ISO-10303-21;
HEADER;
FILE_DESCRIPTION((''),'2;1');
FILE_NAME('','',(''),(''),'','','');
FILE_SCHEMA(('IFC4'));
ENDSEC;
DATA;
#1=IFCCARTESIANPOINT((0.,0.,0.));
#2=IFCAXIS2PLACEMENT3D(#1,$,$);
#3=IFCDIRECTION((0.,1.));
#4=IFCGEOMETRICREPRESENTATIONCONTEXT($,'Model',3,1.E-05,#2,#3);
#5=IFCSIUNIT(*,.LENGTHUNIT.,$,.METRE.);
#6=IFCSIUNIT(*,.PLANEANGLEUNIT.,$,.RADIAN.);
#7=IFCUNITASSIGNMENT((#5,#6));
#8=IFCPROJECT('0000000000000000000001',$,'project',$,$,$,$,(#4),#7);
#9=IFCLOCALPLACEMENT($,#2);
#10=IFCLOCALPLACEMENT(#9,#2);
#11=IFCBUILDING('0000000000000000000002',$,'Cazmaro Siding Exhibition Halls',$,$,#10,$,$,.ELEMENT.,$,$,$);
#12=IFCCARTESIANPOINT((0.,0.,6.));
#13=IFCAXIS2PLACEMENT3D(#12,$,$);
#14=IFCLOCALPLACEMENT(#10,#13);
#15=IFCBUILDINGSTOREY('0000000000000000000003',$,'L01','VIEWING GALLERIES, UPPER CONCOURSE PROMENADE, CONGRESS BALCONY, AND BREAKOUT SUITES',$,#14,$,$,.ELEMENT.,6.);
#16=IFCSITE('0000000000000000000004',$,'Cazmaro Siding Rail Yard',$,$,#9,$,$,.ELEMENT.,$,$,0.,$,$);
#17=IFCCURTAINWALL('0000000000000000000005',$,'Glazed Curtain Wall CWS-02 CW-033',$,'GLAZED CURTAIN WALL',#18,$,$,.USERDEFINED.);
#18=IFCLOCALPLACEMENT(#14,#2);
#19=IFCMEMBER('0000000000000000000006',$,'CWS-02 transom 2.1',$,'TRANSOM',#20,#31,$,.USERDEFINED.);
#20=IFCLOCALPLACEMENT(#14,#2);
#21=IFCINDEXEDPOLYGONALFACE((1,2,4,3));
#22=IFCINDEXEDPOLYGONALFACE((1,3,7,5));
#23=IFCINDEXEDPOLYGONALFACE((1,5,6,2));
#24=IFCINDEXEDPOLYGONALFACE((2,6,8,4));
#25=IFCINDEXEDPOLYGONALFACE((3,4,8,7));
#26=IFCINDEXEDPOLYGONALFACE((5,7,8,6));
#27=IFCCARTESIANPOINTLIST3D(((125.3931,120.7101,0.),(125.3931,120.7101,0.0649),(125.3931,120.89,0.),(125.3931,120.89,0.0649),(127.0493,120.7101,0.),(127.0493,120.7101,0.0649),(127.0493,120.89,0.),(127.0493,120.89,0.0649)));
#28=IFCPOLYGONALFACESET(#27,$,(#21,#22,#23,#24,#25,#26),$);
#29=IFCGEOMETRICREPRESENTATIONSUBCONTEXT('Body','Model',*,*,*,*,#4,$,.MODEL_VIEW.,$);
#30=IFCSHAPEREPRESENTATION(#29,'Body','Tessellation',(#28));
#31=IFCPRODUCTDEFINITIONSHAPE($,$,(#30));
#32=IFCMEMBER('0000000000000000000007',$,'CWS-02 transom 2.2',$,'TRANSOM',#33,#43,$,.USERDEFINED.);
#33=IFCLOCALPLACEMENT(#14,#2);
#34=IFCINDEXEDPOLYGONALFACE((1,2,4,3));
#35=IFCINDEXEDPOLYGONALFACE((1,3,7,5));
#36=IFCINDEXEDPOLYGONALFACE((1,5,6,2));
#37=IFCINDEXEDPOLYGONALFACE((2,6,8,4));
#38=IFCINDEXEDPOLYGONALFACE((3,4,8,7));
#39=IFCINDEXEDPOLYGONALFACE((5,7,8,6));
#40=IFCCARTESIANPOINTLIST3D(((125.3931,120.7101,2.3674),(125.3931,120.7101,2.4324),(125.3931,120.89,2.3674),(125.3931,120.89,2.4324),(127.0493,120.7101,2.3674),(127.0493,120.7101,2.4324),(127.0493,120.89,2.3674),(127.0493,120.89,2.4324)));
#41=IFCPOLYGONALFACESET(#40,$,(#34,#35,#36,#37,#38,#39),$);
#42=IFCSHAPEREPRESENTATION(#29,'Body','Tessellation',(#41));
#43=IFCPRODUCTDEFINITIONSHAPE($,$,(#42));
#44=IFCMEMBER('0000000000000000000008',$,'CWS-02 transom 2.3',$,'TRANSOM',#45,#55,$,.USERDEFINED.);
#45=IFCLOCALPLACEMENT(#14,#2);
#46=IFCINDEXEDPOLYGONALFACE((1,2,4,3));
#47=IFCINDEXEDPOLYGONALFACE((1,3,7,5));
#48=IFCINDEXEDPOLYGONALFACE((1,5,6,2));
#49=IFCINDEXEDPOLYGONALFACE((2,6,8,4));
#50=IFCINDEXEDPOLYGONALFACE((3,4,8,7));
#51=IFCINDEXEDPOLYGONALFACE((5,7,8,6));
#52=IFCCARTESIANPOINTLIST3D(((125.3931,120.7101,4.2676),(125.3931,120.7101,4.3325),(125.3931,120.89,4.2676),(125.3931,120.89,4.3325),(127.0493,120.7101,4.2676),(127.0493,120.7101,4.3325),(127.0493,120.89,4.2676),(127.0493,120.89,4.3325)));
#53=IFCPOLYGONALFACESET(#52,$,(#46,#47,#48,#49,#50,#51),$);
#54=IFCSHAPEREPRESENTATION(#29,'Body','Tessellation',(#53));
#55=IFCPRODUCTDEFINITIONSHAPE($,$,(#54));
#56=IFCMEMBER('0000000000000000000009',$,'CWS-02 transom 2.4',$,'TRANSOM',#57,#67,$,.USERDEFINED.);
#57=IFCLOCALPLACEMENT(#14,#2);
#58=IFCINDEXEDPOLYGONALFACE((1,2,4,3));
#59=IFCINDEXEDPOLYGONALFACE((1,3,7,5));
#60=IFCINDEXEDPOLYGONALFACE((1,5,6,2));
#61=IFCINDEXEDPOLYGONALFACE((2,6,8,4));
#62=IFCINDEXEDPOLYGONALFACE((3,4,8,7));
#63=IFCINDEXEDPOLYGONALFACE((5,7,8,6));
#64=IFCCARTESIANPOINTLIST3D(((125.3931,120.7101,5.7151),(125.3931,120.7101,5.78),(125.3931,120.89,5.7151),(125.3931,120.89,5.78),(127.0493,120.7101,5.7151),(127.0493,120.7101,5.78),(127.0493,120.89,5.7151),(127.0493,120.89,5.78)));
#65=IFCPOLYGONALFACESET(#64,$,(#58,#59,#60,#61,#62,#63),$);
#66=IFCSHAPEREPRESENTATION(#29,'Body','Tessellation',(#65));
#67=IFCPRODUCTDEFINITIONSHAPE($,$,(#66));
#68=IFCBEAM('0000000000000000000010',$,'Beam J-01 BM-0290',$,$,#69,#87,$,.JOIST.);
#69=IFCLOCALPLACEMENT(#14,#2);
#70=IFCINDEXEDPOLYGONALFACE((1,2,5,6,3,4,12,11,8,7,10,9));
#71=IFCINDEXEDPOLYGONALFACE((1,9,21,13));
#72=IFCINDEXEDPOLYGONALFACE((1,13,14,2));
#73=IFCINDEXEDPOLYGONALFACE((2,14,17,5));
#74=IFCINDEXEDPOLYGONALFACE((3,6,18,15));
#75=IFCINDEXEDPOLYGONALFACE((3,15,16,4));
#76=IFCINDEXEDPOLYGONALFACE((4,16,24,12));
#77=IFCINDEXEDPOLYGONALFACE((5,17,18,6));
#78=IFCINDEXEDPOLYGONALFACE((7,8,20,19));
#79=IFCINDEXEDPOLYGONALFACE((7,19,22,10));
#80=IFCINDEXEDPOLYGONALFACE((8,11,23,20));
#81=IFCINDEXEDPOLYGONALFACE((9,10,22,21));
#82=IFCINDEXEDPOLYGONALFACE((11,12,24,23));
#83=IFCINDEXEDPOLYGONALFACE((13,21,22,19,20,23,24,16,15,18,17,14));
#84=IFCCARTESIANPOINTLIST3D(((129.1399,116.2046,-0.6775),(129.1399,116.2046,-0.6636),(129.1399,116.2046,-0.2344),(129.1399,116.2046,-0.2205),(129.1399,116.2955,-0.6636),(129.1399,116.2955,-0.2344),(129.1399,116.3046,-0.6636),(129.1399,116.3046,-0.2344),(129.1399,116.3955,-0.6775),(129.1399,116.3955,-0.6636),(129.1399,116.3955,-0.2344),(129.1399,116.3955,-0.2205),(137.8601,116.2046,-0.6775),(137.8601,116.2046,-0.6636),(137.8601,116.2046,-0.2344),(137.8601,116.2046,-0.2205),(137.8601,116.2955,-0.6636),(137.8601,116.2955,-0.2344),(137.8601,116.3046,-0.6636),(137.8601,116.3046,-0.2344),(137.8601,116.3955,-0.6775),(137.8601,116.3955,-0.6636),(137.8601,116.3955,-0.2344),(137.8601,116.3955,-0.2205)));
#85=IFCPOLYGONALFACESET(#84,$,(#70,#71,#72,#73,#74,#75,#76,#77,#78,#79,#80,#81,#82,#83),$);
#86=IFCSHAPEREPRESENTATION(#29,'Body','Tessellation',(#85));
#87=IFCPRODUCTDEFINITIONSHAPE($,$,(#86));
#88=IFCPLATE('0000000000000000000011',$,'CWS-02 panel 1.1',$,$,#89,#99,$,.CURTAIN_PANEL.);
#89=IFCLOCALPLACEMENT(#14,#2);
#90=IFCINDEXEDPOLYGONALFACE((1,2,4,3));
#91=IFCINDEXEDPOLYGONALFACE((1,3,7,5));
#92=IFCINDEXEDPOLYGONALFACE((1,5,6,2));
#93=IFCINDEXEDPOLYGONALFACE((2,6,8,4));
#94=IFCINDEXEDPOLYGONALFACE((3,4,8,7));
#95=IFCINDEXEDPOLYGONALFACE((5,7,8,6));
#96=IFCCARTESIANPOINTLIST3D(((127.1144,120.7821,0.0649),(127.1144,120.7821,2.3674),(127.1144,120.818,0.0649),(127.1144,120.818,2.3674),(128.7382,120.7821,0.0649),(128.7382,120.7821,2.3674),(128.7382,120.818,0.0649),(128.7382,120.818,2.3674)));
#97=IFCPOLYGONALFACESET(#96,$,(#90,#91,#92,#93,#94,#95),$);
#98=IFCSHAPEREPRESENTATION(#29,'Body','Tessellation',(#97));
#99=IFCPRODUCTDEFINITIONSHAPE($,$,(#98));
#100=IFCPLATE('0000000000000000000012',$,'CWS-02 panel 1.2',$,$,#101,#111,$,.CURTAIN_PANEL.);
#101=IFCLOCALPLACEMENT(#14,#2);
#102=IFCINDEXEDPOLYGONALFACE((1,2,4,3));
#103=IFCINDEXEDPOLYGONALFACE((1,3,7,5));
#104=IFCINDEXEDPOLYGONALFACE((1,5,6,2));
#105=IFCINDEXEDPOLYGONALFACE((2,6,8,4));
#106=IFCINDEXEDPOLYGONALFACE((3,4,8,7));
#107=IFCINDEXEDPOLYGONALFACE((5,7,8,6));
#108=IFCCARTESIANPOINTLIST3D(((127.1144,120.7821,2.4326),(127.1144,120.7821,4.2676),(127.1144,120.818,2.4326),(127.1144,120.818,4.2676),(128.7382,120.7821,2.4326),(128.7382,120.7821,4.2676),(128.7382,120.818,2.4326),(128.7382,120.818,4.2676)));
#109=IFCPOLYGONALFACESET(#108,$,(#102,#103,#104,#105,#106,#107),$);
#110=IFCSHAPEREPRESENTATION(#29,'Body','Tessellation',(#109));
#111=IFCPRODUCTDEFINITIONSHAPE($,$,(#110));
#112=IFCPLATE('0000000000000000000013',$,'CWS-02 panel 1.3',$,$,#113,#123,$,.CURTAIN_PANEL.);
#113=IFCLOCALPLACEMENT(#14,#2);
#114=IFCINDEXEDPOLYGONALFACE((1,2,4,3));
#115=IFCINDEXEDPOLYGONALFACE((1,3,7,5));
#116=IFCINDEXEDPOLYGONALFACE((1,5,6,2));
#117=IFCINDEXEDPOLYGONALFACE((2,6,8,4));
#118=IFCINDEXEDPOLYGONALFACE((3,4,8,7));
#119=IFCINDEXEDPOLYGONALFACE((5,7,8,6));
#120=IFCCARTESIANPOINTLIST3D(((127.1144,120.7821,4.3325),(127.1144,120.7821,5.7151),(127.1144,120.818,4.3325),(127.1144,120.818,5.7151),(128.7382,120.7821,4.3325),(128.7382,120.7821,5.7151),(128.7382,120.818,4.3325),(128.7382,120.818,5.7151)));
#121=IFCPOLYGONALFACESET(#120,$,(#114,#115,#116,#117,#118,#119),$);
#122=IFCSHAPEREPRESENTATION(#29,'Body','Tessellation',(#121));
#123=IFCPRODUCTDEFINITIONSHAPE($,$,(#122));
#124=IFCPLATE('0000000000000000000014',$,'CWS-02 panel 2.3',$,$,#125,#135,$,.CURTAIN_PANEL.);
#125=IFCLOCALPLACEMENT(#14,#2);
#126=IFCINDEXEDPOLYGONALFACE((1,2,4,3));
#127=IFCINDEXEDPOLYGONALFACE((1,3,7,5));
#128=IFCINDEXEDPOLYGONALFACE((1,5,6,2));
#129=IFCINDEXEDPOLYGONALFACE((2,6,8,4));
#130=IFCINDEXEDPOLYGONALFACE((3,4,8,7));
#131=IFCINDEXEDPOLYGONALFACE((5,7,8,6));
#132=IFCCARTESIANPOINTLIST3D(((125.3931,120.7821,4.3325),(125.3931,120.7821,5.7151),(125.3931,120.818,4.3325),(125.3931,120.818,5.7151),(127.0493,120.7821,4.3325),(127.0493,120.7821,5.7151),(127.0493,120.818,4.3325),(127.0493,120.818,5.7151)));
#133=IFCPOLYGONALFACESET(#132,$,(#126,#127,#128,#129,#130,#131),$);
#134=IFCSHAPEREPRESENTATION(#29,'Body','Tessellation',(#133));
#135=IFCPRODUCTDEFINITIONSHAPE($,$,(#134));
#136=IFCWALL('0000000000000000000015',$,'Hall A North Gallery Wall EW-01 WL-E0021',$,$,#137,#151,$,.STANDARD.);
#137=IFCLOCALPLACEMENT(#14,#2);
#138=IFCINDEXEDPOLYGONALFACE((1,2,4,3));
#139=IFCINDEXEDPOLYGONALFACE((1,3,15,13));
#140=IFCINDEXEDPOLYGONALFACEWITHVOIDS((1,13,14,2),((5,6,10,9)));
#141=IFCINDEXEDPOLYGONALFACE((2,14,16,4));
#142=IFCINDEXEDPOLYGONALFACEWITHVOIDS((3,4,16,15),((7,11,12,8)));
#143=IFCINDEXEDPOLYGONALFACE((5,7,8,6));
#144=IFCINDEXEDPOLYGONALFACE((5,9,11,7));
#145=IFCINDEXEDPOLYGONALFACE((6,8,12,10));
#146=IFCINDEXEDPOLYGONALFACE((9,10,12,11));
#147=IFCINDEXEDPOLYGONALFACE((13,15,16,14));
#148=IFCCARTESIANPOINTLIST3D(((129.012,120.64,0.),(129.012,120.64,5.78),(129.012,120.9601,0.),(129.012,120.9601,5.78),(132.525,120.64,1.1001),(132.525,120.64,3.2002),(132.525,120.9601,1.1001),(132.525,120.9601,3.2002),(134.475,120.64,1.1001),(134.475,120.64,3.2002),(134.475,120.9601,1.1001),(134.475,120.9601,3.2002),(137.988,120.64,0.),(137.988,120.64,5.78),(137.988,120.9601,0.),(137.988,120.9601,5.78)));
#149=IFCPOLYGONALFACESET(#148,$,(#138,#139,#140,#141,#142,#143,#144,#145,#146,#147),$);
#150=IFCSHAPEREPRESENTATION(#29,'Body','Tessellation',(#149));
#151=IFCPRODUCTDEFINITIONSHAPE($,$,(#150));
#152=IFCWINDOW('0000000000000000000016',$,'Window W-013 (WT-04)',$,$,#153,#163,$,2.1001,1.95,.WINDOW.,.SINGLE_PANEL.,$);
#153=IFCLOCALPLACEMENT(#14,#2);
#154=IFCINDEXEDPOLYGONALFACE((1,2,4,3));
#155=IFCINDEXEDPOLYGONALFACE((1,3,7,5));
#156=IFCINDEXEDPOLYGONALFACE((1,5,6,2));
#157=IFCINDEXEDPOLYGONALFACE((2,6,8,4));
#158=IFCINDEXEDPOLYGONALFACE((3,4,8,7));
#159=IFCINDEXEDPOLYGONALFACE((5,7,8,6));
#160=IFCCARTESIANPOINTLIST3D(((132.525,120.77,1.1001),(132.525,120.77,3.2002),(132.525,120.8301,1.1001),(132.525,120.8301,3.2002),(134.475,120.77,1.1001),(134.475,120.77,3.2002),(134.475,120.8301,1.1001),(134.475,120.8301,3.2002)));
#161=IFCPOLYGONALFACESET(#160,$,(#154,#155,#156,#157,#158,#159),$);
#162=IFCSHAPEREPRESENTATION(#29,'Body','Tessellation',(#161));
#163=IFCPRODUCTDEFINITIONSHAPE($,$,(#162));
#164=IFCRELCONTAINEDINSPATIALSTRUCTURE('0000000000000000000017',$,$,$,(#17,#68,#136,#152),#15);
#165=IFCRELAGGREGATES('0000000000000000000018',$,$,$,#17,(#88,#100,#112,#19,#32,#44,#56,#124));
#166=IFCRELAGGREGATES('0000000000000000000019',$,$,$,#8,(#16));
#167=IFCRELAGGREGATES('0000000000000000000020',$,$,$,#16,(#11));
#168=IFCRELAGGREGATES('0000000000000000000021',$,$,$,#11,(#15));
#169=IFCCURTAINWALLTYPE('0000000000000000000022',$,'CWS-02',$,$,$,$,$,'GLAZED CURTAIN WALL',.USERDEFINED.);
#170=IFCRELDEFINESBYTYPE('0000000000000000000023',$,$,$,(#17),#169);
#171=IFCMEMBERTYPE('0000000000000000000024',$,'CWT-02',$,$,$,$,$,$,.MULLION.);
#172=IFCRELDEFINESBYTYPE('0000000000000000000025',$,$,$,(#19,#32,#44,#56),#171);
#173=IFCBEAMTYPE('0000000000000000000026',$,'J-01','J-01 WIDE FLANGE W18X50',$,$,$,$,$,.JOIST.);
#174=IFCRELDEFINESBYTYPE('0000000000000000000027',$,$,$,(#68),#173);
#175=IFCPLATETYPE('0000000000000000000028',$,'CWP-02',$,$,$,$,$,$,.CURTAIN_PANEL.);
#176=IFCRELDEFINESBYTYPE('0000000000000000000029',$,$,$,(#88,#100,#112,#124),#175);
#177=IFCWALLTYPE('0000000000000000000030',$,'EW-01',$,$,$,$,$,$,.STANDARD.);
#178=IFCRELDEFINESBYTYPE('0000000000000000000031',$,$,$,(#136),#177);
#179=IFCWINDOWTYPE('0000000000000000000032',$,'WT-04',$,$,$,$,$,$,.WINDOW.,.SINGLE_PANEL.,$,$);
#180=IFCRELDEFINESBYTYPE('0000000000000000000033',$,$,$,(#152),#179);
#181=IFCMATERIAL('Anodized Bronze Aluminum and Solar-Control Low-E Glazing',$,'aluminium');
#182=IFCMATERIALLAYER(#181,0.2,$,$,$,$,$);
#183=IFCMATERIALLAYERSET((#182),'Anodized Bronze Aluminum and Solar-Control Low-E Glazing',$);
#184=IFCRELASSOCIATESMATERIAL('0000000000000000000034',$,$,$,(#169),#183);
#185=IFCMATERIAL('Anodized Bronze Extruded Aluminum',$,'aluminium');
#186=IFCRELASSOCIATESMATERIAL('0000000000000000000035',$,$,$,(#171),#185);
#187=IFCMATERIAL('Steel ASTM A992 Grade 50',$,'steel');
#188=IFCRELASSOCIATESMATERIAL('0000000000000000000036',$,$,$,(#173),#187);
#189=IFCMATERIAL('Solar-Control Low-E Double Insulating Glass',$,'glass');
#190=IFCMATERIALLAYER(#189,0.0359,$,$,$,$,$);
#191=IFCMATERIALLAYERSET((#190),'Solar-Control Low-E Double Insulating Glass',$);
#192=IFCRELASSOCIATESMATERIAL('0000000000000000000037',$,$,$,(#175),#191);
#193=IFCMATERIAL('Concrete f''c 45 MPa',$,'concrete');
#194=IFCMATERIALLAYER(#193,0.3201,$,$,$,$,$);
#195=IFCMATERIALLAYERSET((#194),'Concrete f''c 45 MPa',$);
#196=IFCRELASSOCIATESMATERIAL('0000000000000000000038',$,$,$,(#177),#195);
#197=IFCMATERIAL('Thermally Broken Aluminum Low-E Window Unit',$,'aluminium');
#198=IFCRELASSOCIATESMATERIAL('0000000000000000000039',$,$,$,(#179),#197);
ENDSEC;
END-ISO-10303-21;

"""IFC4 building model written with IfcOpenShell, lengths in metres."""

from ifc_helpers import new_model, si_unit, direction, frame, frame_2d, origin, origin_2d, place, context, subcontext, project, spatial, rectangle, i_section, extrude, material, layer, layer_set, material_profile, profile_set, type_object, element, fill, aggregate, save


model = new_model("IFC4")

# Units and contexts
model_context = context("Model", 3, precision=1e-05, world=origin(), true_north=direction((0.0, 1.0)))
body_context = subcontext(model_context, "Body", "Model", "MODEL_VIEW")
ifc_project = project(units=[si_unit("LENGTHUNIT", "METRE"), si_unit("PLANEANGLEUNIT", "RADIAN")], contexts=[model_context])

# Site, building, storey
site_placement = place(None, origin())
site = spatial("IfcSite", under=ifc_project, at=site_placement, Name="Cazmaro Siding Rail Yard", CompositionType="ELEMENT", RefElevation=0.0)
building_placement = place(site_placement, origin())
building = spatial("IfcBuilding", under=site, at=building_placement, Name="Cazmaro Siding Exhibition Halls", CompositionType="ELEMENT")
storey_placement = place(building_placement, frame((0.0, 0.0, 6.0)))
storey = spatial("IfcBuildingStorey", under=building, at=storey_placement, Name="L01", Description="VIEWING GALLERIES, UPPER CONCOURSE PROMENADE, CONGRESS BALCONY, AND BREAKOUT SUITES", CompositionType="ELEMENT", Elevation=6.0)

# Curtain wall, members
ifc_material_1 = material(Name="Anodized Bronze Aluminum and Solar-Control Low-E Glazing", Category="aluminium")
ifc_layer_1 = layer(ifc_material_1, 0.2)
ifc_layer_set_1 = layer_set([ifc_layer_1], Name="Anodized Bronze Aluminum and Solar-Control Low-E Glazing")
curtain_wall_type = type_object("IfcCurtainWallType", Name="CWS-02", ElementType="GLAZED CURTAIN WALL", PredefinedType="USERDEFINED", material=ifc_layer_set_1)
curtain_wall_placement = place(storey_placement, origin())
curtain_wall = element("IfcCurtainWall", 1, at=curtain_wall_placement, inside=storey, type_object=curtain_wall_type, Name="Glazed Curtain Wall CWS-02 CW-033", ObjectType="GLAZED CURTAIN WALL", PredefinedType="USERDEFINED")
ifc_material_2 = material(Name="Anodized Bronze Extruded Aluminum", Category="aluminium")
ifc_material_profile_1 = material_profile(ifc_material_2, rectangle(XDim=0.1799, YDim=0.0649, at=origin_2d()), Name="CWT-02")
ifc_profile_set_1 = profile_set([ifc_material_profile_1], Name="Anodized Bronze Extruded Aluminum")
member_type_1 = type_object("IfcMemberType", Name="CWT-02", PredefinedType="MULLION", material=ifc_profile_set_1)
member_1_placement = place(storey_placement, frame((127.0493, 120.8, 0.0325), z_axis=(-1.0, 0.0, 0.0), x_axis=(0.0, -1.0, 0.0)))
member_1 = element("IfcMember", 2, at=member_1_placement, type_object=member_type_1, Name="CWS-02 transom 2.1", ObjectType="TRANSOM", PredefinedType="USERDEFINED", context=body_context, shape_type="SweptSolid", body=[
    extrude(rectangle(XDim=0.1799, YDim=0.0649, at=origin_2d()), origin(), (0.0, 0.0, 1.0), 1.6562),
])
member_2_placement = place(storey_placement, frame((127.0493, 120.8, 2.3999), z_axis=(-1.0, 0.0, 0.0), x_axis=(0.0, -1.0, 0.0)))
member_2 = element("IfcMember", 3, at=member_2_placement, type_object=member_type_1, Name="CWS-02 transom 2.2", ObjectType="TRANSOM", PredefinedType="USERDEFINED", context=body_context, shape_type="SweptSolid", body=[
    extrude(rectangle(XDim=0.1799, YDim=0.0649, at=origin_2d()), origin(), (0.0, 0.0, 1.0), 1.6562),
])
member_3_placement = place(storey_placement, frame((127.0493, 120.8, 4.3), z_axis=(-1.0, 0.0, 0.0), x_axis=(0.0, -1.0, 0.0)))
member_3 = element("IfcMember", 4, at=member_3_placement, type_object=member_type_1, Name="CWS-02 transom 2.3", ObjectType="TRANSOM", PredefinedType="USERDEFINED", context=body_context, shape_type="SweptSolid", body=[
    extrude(rectangle(XDim=0.1799, YDim=0.0649, at=origin_2d()), origin(), (0.0, 0.0, 1.0), 1.6562),
])
member_4_placement = place(storey_placement, frame((127.0493, 120.8, 5.7476), z_axis=(-1.0, 0.0, 0.0), x_axis=(0.0, -1.0, 0.0)))
member_4 = element("IfcMember", 5, at=member_4_placement, type_object=member_type_1, Name="CWS-02 transom 2.4", ObjectType="TRANSOM", PredefinedType="USERDEFINED", context=body_context, shape_type="SweptSolid", body=[
    extrude(rectangle(XDim=0.1799, YDim=0.0649, at=origin_2d()), origin(), (0.0, 0.0, 1.0), 1.6562),
])

# Beam
ifc_material_3 = material(Name="Steel ASTM A992 Grade 50", Category="steel")
ifc_material_profile_2 = material_profile(ifc_material_3, i_section(OverallWidth=0.1909, OverallDepth=0.457, WebThickness=0.009, FlangeThickness=0.0139, at=origin_2d()), Name="W18X50")
ifc_profile_set_2 = profile_set([ifc_material_profile_2], Name="Steel ASTM A992 Grade 50")
beam_type_1 = type_object("IfcBeamType", Name="J-01", Description="J-01 WIDE FLANGE W18X50", PredefinedType="JOIST", material=ifc_profile_set_2)
beam_1_placement = place(storey_placement, frame((129.1399, 116.3, -0.449), z_axis=(1.0, 0.0, 0.0), x_axis=(0.0, 1.0, 0.0)))
element("IfcBeam", 6, at=beam_1_placement, inside=storey, type_object=beam_type_1, Name="Beam J-01 BM-0290", PredefinedType="JOIST", context=body_context, shape_type="SweptSolid", body=[
    extrude(i_section(OverallWidth=0.1909, OverallDepth=0.457, WebThickness=0.009, FlangeThickness=0.0139, at=origin_2d()), origin(), (0.0, 0.0, 1.0), 8.7202),
])

# Plates
ifc_material_4 = material(Name="Solar-Control Low-E Double Insulating Glass", Category="glass")
ifc_layer_2 = layer(ifc_material_4, 0.0359)
ifc_layer_set_2 = layer_set([ifc_layer_2], Name="Solar-Control Low-E Double Insulating Glass")
plate_type = type_object("IfcPlateType", Name="CWP-02", PredefinedType="CURTAIN_PANEL", material=ifc_layer_set_2)
plate_1_placement = place(storey_placement, frame((127.9263, 120.8, 0.0649), z_axis=(0.0, 0.0, 1.0), x_axis=(-1.0, 0.0, 0.0)))
plate_1 = element("IfcPlate", 7, at=plate_1_placement, type_object=plate_type, Name="CWS-02 panel 1.1", PredefinedType="CURTAIN_PANEL", context=body_context, shape_type="SweptSolid", body=[
    extrude(rectangle(XDim=1.6238, YDim=0.0359, at=origin_2d()), origin(), (0.0, 0.0, 1.0), 2.3025),
])
plate_2_placement = place(storey_placement, frame((127.9263, 120.8, 2.4326), z_axis=(0.0, 0.0, 1.0), x_axis=(-1.0, 0.0, 0.0)))
plate_2 = element("IfcPlate", 8, at=plate_2_placement, type_object=plate_type, Name="CWS-02 panel 1.2", PredefinedType="CURTAIN_PANEL", context=body_context, shape_type="SweptSolid", body=[
    extrude(rectangle(XDim=1.6238, YDim=0.0359, at=origin_2d()), origin(), (0.0, 0.0, 1.0), 1.835),
])
plate_3_placement = place(storey_placement, frame((127.9263, 120.8, 4.3325), z_axis=(0.0, 0.0, 1.0), x_axis=(-1.0, 0.0, 0.0)))
plate_3 = element("IfcPlate", 9, at=plate_3_placement, type_object=plate_type, Name="CWS-02 panel 1.3", PredefinedType="CURTAIN_PANEL", context=body_context, shape_type="SweptSolid", body=[
    extrude(rectangle(XDim=1.6238, YDim=0.0359, at=origin_2d()), origin(), (0.0, 0.0, 1.0), 1.3826),
])
plate_4_placement = place(storey_placement, frame((126.2212, 120.8, 4.3325), z_axis=(0.0, 0.0, 1.0), x_axis=(-1.0, 0.0, 0.0)))
plate_4 = element("IfcPlate", 10, at=plate_4_placement, type_object=plate_type, Name="CWS-02 panel 2.3", PredefinedType="CURTAIN_PANEL", context=body_context, shape_type="SweptSolid", body=[
    extrude(rectangle(XDim=1.6562, YDim=0.0359, at=origin_2d()), origin(), (0.0, 0.0, 1.0), 1.3826),
])
aggregate(curtain_wall, [plate_1, plate_2, plate_3, member_1, member_2, member_3, member_4, plate_4])

# Wall, opening, window
ifc_material_5 = material(Name="Concrete f'c 45 MPa", Category="concrete")
ifc_layer_3 = layer(ifc_material_5, 0.3201)
ifc_layer_set_3 = layer_set([ifc_layer_3], Name="Concrete f'c 45 MPa")
wall_type = type_object("IfcWallType", Name="EW-01", PredefinedType="STANDARD", material=ifc_layer_set_3)
wall_placement = place(storey_placement, frame((129.012, 120.8, 0.0), z_axis=(0.0, 0.0, 1.0), x_axis=(1.0, 0.0, 0.0)))
wall = element("IfcWall", 11, at=wall_placement, inside=storey, type_object=wall_type, Name="Hall A North Gallery Wall EW-01 WL-E0021", PredefinedType="STANDARD", context=body_context, shape_type="SweptSolid", body=[
    extrude(rectangle(XDim=8.9761, YDim=0.3201, at=frame_2d((4.488, 0.0))), origin(), (0.0, 0.0, 1.0), 5.78),
])
opening_placement = place(wall_placement, frame((3.5129, 0.0, 1.1001)))
opening = element("IfcOpeningElement", 12, at=opening_placement, cuts=wall, PredefinedType="OPENING", context=body_context, shape_type="SweptSolid", body=[
    extrude(rectangle(XDim=1.95, YDim=2.1001, at=frame_2d((0.9751, 1.05))), frame((0.0, 0.1699, 0.0), z_axis=(0.0, -1.0, 0.0), x_axis=(1.0, 0.0, 0.0)), (0.0, 0.0, 1.0), 0.3401),
])
ifc_material_6 = material(Name="Thermally Broken Aluminum Low-E Window Unit", Category="aluminium")
window_type = type_object("IfcWindowType", Name="WT-04", PartitioningType="SINGLE_PANEL", PredefinedType="WINDOW", material=ifc_material_6)
window_placement = place(opening_placement, origin())
window = element("IfcWindow", 13, at=window_placement, inside=storey, type_object=window_type, Name="Window W-013 (WT-04)", OverallHeight=2.1001, OverallWidth=1.95, PartitioningType="SINGLE_PANEL", PredefinedType="WINDOW", context=body_context, shape_type="SweptSolid", body=[
    extrude(rectangle(XDim=1.95, YDim=2.1001, at=frame_2d((0.9751, 1.05))), frame((0.0, 0.03, 0.0), z_axis=(0.0, -1.0, 0.0), x_axis=(1.0, 0.0, 0.0)), (0.0, 0.0, 1.0), 0.0601),
])
fill(opening, window)

save(model, "model.ifc")
